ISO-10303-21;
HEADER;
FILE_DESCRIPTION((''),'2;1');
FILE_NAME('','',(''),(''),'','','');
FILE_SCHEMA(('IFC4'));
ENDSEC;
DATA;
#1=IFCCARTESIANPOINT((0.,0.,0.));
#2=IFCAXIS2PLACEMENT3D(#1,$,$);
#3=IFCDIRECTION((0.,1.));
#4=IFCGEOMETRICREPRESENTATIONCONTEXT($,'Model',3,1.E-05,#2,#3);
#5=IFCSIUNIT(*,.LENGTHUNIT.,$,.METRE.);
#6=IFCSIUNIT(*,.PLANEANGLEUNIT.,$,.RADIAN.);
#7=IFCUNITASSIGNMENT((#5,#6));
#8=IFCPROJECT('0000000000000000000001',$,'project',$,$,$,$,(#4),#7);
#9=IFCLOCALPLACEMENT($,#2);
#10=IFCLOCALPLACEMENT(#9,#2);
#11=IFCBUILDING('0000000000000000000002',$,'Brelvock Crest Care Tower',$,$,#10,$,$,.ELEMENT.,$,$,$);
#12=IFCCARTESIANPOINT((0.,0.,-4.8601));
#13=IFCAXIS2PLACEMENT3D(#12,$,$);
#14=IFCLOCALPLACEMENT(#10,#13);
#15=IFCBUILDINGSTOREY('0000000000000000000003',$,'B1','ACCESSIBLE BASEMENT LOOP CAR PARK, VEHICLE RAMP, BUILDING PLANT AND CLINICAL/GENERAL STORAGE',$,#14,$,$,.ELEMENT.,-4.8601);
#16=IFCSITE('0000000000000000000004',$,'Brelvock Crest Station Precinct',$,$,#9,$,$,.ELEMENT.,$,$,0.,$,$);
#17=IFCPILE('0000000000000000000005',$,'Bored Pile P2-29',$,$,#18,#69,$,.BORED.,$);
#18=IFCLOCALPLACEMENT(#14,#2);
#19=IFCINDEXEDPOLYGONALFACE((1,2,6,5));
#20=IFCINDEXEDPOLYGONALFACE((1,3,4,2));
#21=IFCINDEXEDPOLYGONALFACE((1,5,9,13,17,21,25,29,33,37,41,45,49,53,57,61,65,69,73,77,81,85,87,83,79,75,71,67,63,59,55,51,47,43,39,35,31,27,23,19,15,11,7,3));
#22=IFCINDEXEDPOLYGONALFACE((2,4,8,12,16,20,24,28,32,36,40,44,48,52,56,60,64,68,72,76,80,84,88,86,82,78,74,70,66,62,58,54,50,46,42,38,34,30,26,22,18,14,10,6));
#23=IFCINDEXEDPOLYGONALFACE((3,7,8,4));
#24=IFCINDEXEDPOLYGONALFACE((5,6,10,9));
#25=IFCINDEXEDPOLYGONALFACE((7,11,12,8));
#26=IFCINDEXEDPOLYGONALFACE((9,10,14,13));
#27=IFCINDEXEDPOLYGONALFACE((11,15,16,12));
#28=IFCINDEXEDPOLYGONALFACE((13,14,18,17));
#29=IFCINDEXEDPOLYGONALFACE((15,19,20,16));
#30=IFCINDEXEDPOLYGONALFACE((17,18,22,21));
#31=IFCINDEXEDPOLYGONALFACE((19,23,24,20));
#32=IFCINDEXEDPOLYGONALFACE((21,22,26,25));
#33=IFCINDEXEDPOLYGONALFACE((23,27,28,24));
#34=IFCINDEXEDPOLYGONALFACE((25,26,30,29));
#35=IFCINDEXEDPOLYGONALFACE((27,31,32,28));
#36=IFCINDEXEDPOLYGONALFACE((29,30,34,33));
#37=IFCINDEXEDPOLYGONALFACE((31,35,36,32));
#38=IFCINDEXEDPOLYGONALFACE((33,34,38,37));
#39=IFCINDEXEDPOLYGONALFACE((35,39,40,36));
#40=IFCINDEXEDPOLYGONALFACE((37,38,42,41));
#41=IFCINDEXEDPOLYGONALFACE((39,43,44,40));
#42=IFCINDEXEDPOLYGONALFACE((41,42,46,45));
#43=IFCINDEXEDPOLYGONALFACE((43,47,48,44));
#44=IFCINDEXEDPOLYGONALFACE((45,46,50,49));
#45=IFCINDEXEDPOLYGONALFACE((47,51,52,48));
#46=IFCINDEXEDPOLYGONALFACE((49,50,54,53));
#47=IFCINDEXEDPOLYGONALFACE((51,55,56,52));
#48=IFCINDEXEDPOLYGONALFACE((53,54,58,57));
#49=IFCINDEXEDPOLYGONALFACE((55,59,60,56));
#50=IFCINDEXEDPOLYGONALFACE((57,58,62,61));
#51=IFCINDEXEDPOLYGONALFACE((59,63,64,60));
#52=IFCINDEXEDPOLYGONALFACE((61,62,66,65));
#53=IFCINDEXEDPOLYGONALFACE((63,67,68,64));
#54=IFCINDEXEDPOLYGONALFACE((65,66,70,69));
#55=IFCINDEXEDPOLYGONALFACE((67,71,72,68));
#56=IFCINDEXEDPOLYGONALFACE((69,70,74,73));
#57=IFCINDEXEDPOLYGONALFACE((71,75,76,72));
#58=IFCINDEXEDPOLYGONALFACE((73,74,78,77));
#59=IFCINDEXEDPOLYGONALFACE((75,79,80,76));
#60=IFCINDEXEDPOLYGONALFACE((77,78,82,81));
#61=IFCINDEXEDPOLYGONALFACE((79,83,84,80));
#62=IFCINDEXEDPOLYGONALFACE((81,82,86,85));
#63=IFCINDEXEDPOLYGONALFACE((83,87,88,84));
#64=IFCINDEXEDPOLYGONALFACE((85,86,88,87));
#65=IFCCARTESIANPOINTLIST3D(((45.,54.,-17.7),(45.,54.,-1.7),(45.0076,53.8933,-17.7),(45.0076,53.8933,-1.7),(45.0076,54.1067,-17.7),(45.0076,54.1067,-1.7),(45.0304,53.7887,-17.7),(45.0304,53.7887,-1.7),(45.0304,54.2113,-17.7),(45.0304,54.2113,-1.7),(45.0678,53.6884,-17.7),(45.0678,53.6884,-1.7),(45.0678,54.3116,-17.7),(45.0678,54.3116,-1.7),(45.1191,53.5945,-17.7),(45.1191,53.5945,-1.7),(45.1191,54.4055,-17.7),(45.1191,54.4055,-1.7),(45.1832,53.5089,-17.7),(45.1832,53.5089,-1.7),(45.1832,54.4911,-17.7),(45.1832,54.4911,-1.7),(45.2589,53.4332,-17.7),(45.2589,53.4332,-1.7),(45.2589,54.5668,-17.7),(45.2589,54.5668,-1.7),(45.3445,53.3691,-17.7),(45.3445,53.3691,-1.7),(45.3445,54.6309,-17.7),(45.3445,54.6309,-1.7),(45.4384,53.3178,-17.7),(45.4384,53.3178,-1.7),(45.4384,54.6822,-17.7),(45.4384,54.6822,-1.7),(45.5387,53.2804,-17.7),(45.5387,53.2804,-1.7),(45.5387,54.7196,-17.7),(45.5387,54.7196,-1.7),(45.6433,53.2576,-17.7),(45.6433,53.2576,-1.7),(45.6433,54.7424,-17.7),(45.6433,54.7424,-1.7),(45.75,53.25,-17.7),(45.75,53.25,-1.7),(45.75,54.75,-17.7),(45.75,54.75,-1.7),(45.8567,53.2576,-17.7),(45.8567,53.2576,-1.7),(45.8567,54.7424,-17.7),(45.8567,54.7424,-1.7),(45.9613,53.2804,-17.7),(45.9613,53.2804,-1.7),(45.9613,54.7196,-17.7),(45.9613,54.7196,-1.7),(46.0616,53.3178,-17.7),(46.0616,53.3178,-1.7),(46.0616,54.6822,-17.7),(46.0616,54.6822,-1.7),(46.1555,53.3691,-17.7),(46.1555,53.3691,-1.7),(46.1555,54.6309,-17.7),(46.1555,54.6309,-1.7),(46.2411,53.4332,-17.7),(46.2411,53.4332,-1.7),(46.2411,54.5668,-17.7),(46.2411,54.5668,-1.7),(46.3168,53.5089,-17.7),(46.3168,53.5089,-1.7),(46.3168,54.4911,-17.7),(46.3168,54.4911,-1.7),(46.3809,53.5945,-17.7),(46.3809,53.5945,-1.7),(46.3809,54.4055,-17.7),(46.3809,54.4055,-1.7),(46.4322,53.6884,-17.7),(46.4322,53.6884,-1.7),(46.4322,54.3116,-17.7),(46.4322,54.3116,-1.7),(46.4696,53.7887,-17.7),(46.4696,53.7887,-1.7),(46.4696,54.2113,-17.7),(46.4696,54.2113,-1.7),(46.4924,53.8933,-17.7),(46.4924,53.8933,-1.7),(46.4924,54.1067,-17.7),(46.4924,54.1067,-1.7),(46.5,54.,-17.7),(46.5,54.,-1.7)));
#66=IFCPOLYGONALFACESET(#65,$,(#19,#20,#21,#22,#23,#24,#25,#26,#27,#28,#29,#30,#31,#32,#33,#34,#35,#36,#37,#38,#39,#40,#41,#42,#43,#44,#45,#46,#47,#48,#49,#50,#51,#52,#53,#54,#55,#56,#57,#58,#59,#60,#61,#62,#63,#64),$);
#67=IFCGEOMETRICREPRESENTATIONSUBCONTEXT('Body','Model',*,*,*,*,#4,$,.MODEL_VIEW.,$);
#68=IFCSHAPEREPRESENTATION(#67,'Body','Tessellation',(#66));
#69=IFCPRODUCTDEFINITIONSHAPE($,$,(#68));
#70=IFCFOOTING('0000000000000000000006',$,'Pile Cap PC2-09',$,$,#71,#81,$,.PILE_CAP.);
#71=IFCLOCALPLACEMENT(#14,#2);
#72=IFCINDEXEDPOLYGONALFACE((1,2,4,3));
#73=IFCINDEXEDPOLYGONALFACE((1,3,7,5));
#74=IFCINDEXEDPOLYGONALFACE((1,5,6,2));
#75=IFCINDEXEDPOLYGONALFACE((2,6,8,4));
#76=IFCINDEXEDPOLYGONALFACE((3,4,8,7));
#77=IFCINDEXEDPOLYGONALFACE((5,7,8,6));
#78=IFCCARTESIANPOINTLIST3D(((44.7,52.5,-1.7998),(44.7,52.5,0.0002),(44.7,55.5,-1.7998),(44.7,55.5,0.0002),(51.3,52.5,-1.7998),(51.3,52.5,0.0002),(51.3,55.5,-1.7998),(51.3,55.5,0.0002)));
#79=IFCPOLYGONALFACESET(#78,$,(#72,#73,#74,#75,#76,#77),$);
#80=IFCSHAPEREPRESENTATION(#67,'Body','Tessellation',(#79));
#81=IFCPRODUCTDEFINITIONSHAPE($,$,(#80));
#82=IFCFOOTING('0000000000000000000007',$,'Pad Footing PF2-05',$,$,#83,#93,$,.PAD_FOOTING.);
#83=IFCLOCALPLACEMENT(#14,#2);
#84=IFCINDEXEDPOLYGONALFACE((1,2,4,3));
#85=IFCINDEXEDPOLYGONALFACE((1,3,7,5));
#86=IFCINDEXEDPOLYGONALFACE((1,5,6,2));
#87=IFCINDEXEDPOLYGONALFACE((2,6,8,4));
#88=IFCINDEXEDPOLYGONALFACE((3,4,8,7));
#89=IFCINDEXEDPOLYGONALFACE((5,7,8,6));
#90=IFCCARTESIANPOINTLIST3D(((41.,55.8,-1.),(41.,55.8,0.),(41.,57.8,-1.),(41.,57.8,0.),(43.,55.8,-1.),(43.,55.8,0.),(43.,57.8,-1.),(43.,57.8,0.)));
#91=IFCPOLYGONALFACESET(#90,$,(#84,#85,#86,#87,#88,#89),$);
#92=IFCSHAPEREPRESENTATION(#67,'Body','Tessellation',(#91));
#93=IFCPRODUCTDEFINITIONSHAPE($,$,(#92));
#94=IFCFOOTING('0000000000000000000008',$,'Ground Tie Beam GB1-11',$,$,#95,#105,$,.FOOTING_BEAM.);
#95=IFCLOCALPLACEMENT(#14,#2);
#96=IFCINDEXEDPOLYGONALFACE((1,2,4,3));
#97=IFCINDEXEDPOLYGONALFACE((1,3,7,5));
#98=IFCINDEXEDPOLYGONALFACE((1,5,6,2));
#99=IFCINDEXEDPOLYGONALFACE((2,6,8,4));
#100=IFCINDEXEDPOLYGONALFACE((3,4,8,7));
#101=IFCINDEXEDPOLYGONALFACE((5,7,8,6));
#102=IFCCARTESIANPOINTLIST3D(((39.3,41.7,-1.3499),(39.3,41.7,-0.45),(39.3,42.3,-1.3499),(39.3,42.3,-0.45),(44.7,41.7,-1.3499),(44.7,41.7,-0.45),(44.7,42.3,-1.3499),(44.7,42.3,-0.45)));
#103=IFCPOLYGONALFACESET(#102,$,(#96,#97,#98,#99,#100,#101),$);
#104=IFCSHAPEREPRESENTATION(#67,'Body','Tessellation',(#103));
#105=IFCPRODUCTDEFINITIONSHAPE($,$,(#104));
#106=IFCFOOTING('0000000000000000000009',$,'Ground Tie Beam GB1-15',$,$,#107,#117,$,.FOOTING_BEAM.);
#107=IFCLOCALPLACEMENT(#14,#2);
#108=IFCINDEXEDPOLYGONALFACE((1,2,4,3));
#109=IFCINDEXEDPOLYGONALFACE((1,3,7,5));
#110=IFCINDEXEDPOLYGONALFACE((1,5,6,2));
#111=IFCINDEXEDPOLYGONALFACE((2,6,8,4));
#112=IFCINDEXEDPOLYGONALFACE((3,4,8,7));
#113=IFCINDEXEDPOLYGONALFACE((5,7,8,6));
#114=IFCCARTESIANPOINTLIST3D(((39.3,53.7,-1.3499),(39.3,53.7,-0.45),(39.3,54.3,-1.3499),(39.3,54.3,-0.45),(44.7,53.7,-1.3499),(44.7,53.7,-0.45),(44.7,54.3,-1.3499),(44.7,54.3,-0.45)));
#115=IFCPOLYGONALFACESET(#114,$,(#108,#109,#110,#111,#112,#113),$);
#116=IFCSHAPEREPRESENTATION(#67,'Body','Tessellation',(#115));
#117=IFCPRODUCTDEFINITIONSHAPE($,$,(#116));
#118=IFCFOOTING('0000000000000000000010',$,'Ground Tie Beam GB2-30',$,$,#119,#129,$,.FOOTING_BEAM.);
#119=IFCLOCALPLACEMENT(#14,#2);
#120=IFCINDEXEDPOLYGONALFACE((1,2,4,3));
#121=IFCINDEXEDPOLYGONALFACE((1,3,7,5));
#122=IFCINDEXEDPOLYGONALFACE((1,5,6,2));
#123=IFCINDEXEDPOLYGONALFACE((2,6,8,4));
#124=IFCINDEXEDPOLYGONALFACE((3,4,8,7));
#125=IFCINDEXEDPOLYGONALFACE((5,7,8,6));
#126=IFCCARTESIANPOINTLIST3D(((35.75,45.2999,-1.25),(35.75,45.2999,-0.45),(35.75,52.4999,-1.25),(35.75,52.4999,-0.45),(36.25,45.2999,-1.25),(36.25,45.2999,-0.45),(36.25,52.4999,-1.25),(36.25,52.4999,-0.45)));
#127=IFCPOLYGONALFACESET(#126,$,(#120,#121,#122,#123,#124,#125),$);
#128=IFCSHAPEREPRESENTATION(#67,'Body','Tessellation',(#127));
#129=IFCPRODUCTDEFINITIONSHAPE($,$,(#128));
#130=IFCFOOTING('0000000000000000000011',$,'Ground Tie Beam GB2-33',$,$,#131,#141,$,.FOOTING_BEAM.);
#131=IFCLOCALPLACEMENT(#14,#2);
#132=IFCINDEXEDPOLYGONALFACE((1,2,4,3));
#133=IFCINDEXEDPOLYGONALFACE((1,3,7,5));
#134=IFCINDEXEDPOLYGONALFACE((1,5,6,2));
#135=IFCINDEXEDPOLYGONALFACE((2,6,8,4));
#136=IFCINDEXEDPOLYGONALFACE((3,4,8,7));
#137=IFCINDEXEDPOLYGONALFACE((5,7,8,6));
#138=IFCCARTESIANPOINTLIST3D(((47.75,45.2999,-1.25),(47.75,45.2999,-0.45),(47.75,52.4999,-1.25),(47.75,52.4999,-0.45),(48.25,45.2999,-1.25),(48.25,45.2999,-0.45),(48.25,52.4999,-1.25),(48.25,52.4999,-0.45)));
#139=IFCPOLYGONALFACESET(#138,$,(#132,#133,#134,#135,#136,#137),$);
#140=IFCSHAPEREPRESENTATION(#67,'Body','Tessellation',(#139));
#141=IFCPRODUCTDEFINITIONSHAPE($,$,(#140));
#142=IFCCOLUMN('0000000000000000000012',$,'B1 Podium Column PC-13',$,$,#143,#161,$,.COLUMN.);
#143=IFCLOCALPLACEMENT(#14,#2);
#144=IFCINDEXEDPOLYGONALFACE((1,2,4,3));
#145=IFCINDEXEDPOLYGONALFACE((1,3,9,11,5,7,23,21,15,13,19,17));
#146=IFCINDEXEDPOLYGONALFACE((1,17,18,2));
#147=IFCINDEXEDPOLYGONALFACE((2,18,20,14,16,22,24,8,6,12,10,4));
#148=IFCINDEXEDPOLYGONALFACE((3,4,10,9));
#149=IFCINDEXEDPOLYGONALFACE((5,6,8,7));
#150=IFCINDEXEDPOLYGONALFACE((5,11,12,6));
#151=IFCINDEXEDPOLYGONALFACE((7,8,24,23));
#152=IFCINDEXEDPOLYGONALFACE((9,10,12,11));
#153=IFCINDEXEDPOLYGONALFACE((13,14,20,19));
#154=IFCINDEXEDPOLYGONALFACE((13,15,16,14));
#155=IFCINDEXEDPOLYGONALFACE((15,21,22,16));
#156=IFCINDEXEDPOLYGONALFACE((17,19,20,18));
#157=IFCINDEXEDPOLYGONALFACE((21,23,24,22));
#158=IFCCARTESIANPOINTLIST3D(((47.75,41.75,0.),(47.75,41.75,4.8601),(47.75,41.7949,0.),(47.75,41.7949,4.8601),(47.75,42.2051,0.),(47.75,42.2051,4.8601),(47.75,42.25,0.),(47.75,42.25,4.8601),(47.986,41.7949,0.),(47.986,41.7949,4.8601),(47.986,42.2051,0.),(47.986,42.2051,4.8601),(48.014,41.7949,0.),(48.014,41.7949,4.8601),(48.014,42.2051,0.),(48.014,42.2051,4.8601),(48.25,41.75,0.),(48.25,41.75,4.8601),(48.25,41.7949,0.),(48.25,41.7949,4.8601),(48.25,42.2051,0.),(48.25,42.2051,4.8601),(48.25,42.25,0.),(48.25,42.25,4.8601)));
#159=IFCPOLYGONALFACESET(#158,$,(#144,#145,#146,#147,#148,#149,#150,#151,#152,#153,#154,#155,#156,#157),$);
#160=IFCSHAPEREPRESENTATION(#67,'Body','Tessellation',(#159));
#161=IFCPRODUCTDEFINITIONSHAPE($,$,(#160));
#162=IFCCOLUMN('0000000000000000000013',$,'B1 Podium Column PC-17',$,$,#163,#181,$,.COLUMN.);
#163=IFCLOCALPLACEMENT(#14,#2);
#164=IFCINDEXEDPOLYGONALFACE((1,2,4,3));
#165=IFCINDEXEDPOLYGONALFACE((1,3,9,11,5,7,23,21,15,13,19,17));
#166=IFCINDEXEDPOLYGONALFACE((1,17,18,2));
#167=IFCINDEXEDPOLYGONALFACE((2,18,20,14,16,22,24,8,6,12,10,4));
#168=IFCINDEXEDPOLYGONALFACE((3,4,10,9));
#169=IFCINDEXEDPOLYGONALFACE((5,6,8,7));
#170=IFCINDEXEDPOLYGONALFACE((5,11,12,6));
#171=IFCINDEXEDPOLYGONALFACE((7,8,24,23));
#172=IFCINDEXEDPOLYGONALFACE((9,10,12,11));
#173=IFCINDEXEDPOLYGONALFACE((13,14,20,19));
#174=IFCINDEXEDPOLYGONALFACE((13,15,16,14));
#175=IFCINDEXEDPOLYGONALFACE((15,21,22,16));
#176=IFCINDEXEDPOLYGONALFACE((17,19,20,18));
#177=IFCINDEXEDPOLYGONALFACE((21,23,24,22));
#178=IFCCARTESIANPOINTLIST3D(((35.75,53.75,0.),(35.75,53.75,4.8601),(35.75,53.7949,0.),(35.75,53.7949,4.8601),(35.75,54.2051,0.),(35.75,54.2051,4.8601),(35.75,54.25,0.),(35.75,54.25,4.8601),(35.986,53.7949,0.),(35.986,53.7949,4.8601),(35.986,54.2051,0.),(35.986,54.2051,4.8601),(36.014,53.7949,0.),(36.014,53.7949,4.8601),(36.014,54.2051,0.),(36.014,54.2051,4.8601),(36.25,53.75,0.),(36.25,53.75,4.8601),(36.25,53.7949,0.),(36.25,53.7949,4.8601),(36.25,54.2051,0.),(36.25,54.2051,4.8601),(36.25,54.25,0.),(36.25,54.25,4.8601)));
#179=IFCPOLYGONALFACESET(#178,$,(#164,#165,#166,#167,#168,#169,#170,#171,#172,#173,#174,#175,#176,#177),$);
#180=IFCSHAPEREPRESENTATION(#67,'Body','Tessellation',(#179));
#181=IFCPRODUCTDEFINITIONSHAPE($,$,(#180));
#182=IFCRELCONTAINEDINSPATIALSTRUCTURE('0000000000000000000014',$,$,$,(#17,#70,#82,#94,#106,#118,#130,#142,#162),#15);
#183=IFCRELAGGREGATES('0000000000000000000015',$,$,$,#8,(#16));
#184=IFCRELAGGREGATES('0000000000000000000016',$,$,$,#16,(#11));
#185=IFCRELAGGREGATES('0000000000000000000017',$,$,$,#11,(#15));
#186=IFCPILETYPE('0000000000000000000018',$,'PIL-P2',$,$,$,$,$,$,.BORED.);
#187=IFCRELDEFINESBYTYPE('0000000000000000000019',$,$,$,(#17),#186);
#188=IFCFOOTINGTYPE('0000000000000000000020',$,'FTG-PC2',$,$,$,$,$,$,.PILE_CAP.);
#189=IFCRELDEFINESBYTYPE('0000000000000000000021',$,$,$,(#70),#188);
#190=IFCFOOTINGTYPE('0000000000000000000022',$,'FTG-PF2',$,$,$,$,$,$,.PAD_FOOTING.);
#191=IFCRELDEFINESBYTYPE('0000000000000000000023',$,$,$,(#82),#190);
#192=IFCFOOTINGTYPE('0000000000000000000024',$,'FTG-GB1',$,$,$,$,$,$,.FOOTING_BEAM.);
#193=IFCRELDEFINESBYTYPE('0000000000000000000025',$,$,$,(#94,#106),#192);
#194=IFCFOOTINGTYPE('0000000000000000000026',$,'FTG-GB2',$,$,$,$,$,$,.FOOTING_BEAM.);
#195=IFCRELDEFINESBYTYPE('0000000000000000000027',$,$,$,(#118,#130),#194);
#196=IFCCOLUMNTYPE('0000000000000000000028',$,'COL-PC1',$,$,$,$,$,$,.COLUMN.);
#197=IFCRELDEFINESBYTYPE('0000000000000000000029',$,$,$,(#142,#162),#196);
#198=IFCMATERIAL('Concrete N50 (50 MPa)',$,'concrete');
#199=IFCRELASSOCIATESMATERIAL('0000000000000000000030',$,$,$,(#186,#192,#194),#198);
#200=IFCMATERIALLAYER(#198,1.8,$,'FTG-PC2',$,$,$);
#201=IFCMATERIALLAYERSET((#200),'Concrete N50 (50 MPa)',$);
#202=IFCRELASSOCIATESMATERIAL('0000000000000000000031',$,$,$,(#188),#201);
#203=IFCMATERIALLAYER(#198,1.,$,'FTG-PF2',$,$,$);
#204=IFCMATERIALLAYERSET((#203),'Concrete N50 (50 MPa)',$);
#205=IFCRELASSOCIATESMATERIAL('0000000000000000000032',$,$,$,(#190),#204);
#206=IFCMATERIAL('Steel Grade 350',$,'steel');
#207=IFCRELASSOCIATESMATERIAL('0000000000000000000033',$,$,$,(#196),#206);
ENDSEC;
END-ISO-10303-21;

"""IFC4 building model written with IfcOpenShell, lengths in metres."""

from ifc_helpers import new_model, si_unit, direction, frame, origin, origin_2d, place, context, subcontext, project, spatial, rectangle, circle, i_section, extrude, source, transform, mapped, material, layer, layer_set, material_profile, profile_set, type_object, element, save


model = new_model("IFC4")

# Units and contexts
model_context = context("Model", 3, precision=1e-05, world=origin(), true_north=direction((0.0, 1.0)))
body_context = subcontext(model_context, "Body", "Model", "MODEL_VIEW")
ifc_project = project(units=[si_unit("LENGTHUNIT", "METRE"), si_unit("PLANEANGLEUNIT", "RADIAN")], contexts=[model_context])

# Site, building, storey
site_placement = place(None, origin())
site = spatial("IfcSite", under=ifc_project, at=site_placement, Name="Brelvock Crest Station Precinct", CompositionType="ELEMENT", RefElevation=0.0)
building_placement = place(site_placement, origin())
building = spatial("IfcBuilding", under=site, at=building_placement, Name="Brelvock Crest Care Tower", CompositionType="ELEMENT")
storey_placement = place(building_placement, frame((0.0, 0.0, -4.8601)))
storey = spatial("IfcBuildingStorey", under=building, at=storey_placement, Name="B1", Description="ACCESSIBLE BASEMENT LOOP CAR PARK, VEHICLE RAMP, BUILDING PLANT AND CLINICAL/GENERAL STORAGE", CompositionType="ELEMENT", Elevation=-4.8601)

# Shared definitions
ifc_material_1 = material(Name="Concrete N50 (50 MPa)", Category="concrete")

# Pile
ifc_material_profile_1 = material_profile(ifc_material_1, circle(Radius=0.75, at=origin_2d()), Name="BORED PILE D1500")
ifc_profile_set_1 = profile_set([ifc_material_profile_1], Name="Concrete N50 (50 MPa)")
pile_type = type_object("IfcPileType", Name="PIL-P2", PredefinedType="BORED", material=ifc_profile_set_1)
shared_shape_1 = source(origin(), body_context, "Body", "SweptSolid", [
    extrude(circle(Radius=0.75, at=origin_2d()), origin(), (0.0, 0.0, 1.0), 16.0),
])
for number, where, z_axis, x_axis, name in (
    (1, (45.75, 54.0, -1.7), (0.0, 0.0, -1.0), (1.0, 0.0, 0.0), "Bored Pile P2-29"),
):
    element("IfcPile", number, at=place(storey_placement, frame(where, z_axis=z_axis, x_axis=x_axis)), inside=storey, type_object=pile_type, Name=name, PredefinedType="BORED", context=body_context, shape_type="MappedRepresentation", body=[
        mapped(shared_shape_1, transform((0.0, 0.0, 0.0), x_axis=(1.0, 0.0, 0.0), y_axis=(0.0, 1.0, 0.0), z_axis=(0.0, 0.0, 1.0), scale=1.0)),
    ])

# Footings
ifc_layer_1 = layer(ifc_material_1, 1.8, Name="FTG-PC2")
ifc_layer_set_1 = layer_set([ifc_layer_1], Name="Concrete N50 (50 MPa)")
footing_type_1 = type_object("IfcFootingType", Name="FTG-PC2", PredefinedType="PILE_CAP", material=ifc_layer_set_1)
shared_shape_2 = source(origin(), body_context, "Body", "SweptSolid", [
    extrude(rectangle(XDim=6.6001, YDim=3.0, at=origin_2d()), origin(), (0.0, 0.0, 1.0), 1.8),
])
footing_1_placement = place(storey_placement, frame((48.0, 54.0, -1.7998), z_axis=(0.0, 0.0, 1.0), x_axis=(1.0, 0.0, 0.0)))
element("IfcFooting", 2, at=footing_1_placement, inside=storey, type_object=footing_type_1, Name="Pile Cap PC2-09", PredefinedType="PILE_CAP", context=body_context, shape_type="MappedRepresentation", body=[
    mapped(shared_shape_2, transform((0.0, 0.0, 0.0), x_axis=(1.0, 0.0, 0.0), y_axis=(0.0, 1.0, 0.0), z_axis=(0.0, 0.0, 1.0), scale=1.0)),
])
ifc_layer_2 = layer(ifc_material_1, 1.0, Name="FTG-PF2")
ifc_layer_set_2 = layer_set([ifc_layer_2], Name="Concrete N50 (50 MPa)")
footing_type_2 = type_object("IfcFootingType", Name="FTG-PF2", PredefinedType="PAD_FOOTING", material=ifc_layer_set_2)
shared_shape_3 = source(origin(), body_context, "Body", "SweptSolid", [
    extrude(rectangle(XDim=2.0, YDim=2.0, at=origin_2d()), origin(), (0.0, 0.0, 1.0), 1.0),
])
footing_2_placement = place(storey_placement, frame((42.0, 56.8, -1.0), z_axis=(0.0, 0.0, 1.0), x_axis=(1.0, 0.0, 0.0)))
element("IfcFooting", 3, at=footing_2_placement, inside=storey, type_object=footing_type_2, Name="Pad Footing PF2-05", PredefinedType="PAD_FOOTING", context=body_context, shape_type="MappedRepresentation", body=[
    mapped(shared_shape_3, transform((0.0, 0.0, 0.0), x_axis=(1.0, 0.0, 0.0), y_axis=(0.0, 1.0, 0.0), z_axis=(0.0, 0.0, 1.0), scale=1.0)),
])
footing_type_3 = type_object("IfcFootingType", Name="FTG-GB1", PredefinedType="FOOTING_BEAM", material=ifc_material_1)
shared_shape_4 = source(origin(), body_context, "Body", "SweptSolid", [
    extrude(rectangle(XDim=5.3999, YDim=0.6001, at=origin_2d()), origin(), (0.0, 0.0, 1.0), 0.8999),
])
for number, where, z_axis, x_axis, name in (
    (4, (42.0, 42.0, -1.3499), (0.0, 0.0, 1.0), (1.0, 0.0, 0.0), "Ground Tie Beam GB1-11"),
    (5, (42.0, 54.0, -1.3499), (0.0, 0.0, 1.0), (1.0, 0.0, 0.0), "Ground Tie Beam GB1-15"),
):
    element("IfcFooting", number, at=place(storey_placement, frame(where, z_axis=z_axis, x_axis=x_axis)), inside=storey, type_object=footing_type_3, Name=name, PredefinedType="FOOTING_BEAM", context=body_context, shape_type="MappedRepresentation", body=[
        mapped(shared_shape_4, transform((0.0, 0.0, 0.0), x_axis=(1.0, 0.0, 0.0), y_axis=(0.0, 1.0, 0.0), z_axis=(0.0, 0.0, 1.0), scale=1.0)),
    ])
footing_type_4 = type_object("IfcFootingType", Name="FTG-GB2", PredefinedType="FOOTING_BEAM", material=ifc_material_1)
shared_shape_5 = source(origin(), body_context, "Body", "SweptSolid", [
    extrude(rectangle(XDim=7.2, YDim=0.5, at=origin_2d()), origin(), (0.0, 0.0, 1.0), 0.8),
])
for number, where, z_axis, x_axis, name in (
    (6, (36.0, 48.8999, -1.25), (0.0, 0.0, 1.0), (0.0, 1.0, 0.0), "Ground Tie Beam GB2-30"),
    (7, (48.0, 48.8999, -1.25), (0.0, 0.0, 1.0), (0.0, 1.0, 0.0), "Ground Tie Beam GB2-33"),
):
    element("IfcFooting", number, at=place(storey_placement, frame(where, z_axis=z_axis, x_axis=x_axis)), inside=storey, type_object=footing_type_4, Name=name, PredefinedType="FOOTING_BEAM", context=body_context, shape_type="MappedRepresentation", body=[
        mapped(shared_shape_5, transform((0.0, 0.0, 0.0), x_axis=(1.0, 0.0, 0.0), y_axis=(0.0, 1.0, 0.0), z_axis=(0.0, 0.0, 1.0), scale=1.0)),
    ])

# Columns
ifc_material_2 = material(Name="Steel Grade 350", Category="steel")
ifc_material_profile_2 = material_profile(ifc_material_2, i_section(OverallWidth=0.5, OverallDepth=0.5, WebThickness=0.0281, FlangeThickness=0.0449, at=origin_2d()), Name="500WC440")
ifc_profile_set_2 = profile_set([ifc_material_profile_2], Name="Steel Grade 350")
column_type_1 = type_object("IfcColumnType", Name="COL-PC1", PredefinedType="COLUMN", material=ifc_profile_set_2)
shared_shape_6 = source(origin(), body_context, "Body", "SweptSolid", [
    extrude(i_section(OverallWidth=0.5, OverallDepth=0.5, WebThickness=0.0281, FlangeThickness=0.0449, at=origin_2d()), origin(), (0.0, 0.0, 1.0), 4.8601),
])
for number, where, z_axis, x_axis, name in (
    (8, (48.0, 42.0, 0.0), (0.0, 0.0, 1.0), (1.0, 0.0, 0.0), "B1 Podium Column PC-13"),
    (9, (36.0, 54.0, 0.0), (0.0, 0.0, 1.0), (1.0, 0.0, 0.0), "B1 Podium Column PC-17"),
):
    element("IfcColumn", number, at=place(storey_placement, frame(where, z_axis=z_axis, x_axis=x_axis)), inside=storey, type_object=column_type_1, Name=name, PredefinedType="COLUMN", context=body_context, shape_type="MappedRepresentation", body=[
        mapped(shared_shape_6, transform((0.0, 0.0, 0.0), x_axis=(1.0, 0.0, 0.0), y_axis=(0.0, 1.0, 0.0), z_axis=(0.0, 0.0, 1.0), scale=1.0)),
    ])

save(model, "model.ifc")
